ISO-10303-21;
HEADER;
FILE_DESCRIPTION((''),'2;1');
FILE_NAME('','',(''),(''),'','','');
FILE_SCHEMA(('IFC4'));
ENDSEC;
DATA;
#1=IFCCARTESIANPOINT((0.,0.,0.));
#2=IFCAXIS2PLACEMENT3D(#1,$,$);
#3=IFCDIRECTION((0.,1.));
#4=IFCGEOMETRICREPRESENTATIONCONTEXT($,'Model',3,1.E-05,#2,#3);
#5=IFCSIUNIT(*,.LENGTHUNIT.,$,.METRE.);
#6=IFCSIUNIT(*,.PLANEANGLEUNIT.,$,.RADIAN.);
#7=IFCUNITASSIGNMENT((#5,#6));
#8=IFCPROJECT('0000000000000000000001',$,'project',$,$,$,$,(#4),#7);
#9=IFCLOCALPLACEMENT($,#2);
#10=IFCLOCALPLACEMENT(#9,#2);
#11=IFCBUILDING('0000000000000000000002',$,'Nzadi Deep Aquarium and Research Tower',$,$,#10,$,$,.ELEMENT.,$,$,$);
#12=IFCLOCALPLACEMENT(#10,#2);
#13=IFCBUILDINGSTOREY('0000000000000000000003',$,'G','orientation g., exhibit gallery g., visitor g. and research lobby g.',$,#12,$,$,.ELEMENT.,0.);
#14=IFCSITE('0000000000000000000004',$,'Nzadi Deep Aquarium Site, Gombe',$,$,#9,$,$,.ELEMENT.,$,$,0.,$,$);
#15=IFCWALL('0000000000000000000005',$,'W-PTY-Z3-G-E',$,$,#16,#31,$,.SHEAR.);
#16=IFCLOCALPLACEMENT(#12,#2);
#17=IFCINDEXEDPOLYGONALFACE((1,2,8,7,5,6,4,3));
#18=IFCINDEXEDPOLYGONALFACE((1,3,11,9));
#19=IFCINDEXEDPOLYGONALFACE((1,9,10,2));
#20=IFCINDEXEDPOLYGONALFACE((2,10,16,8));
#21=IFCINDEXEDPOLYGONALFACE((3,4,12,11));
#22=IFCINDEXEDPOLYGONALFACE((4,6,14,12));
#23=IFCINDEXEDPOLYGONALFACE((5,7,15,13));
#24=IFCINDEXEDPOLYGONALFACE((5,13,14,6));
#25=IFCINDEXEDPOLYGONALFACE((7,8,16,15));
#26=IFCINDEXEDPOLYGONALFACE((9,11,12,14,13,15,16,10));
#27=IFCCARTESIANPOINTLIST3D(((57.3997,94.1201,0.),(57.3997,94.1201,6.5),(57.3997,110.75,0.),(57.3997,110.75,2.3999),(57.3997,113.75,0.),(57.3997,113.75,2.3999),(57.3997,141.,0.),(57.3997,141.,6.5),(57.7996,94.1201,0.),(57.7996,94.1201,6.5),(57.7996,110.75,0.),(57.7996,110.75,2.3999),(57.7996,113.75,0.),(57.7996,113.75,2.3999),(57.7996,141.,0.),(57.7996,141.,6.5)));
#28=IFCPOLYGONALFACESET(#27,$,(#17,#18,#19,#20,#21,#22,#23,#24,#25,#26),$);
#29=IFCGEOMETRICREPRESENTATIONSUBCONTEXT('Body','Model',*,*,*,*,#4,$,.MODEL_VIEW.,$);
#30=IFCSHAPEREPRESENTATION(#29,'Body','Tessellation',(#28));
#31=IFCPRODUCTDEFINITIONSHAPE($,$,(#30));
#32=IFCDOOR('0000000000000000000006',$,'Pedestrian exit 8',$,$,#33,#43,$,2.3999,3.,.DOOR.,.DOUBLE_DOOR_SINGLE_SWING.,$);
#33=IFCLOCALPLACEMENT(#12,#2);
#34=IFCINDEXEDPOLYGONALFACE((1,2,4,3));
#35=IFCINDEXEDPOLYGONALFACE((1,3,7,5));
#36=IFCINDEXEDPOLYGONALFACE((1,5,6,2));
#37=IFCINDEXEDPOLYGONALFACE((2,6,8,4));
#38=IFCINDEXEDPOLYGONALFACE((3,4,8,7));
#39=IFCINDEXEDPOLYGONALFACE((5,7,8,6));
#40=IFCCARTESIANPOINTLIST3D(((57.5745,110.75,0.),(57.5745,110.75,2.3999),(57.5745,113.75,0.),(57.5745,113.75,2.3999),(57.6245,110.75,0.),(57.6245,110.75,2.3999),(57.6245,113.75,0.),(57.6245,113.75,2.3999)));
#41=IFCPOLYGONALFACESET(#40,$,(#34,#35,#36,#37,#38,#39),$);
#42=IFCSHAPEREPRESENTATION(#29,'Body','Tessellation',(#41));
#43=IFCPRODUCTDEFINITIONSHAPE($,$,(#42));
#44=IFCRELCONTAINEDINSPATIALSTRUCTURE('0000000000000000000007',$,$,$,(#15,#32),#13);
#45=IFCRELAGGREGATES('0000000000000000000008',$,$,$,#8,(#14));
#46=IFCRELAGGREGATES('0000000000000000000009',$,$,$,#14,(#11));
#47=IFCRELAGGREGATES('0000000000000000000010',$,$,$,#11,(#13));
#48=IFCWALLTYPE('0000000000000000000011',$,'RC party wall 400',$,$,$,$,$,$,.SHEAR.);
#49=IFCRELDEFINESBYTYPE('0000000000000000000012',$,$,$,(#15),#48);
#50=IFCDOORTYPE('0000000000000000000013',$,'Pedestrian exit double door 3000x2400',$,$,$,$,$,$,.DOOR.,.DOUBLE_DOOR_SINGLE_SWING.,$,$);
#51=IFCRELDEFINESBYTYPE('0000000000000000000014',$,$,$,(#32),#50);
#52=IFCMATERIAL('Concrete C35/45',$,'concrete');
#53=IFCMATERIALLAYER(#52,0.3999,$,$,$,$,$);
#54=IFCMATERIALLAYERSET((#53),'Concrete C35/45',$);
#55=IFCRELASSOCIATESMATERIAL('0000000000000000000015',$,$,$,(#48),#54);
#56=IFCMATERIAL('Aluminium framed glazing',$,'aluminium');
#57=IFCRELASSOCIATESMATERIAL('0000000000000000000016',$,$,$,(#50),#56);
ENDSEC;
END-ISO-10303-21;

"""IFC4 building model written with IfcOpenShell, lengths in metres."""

from ifc_helpers import new_model, si_unit, direction, frame, frame_2d, origin, place, context, subcontext, project, spatial, rectangle, extrude, material, layer, layer_set, type_object, element, fill, save


model = new_model("IFC4")

# Units and contexts
model_context = context("Model", 3, precision=1e-05, world=origin(), true_north=direction((0.0, 1.0)))
body_context = subcontext(model_context, "Body", "Model", "MODEL_VIEW")
ifc_project = project(units=[si_unit("LENGTHUNIT", "METRE"), si_unit("PLANEANGLEUNIT", "RADIAN")], contexts=[model_context])

# Site, building, storey
site_placement = place(None, origin())
site = spatial("IfcSite", under=ifc_project, at=site_placement, Name="Nzadi Deep Aquarium Site, Gombe", CompositionType="ELEMENT", RefElevation=0.0)
building_placement = place(site_placement, origin())
building = spatial("IfcBuilding", under=site, at=building_placement, Name="Nzadi Deep Aquarium and Research Tower", CompositionType="ELEMENT")
storey_placement = place(building_placement, origin())
storey = spatial("IfcBuildingStorey", under=building, at=storey_placement, Name="G", Description="orientation g., exhibit gallery g., visitor g. and research lobby g.", CompositionType="ELEMENT", Elevation=0.0)

# Wall, opening, door
ifc_material_1 = material(Name="Concrete C35/45", Category="concrete")
ifc_layer_1 = layer(ifc_material_1, 0.3999)
ifc_layer_set_1 = layer_set([ifc_layer_1], Name="Concrete C35/45")
wall_type_1 = type_object("IfcWallType", Name="RC party wall 400", PredefinedType="SHEAR", material=ifc_layer_set_1)
wall_1_placement = place(storey_placement, frame((57.5996, 94.1201, 0.0), z_axis=(0.0, 0.0, 1.0), x_axis=(0.0, 1.0, 0.0)))
wall_1 = element("IfcWall", 1, at=wall_1_placement, inside=storey, type_object=wall_type_1, Name="W-PTY-Z3-G-E", PredefinedType="SHEAR", context=body_context, shape_type="SweptSolid", body=[
    extrude(rectangle(XDim=46.8799, YDim=0.3999, at=frame_2d((23.4399, 0.0))), origin(), (0.0, 0.0, 1.0), 6.5),
])
opening_1_placement = place(wall_1_placement, frame((16.6299, 0.0, 0.0)))
opening_1 = element("IfcOpeningElement", 2, at=opening_1_placement, cuts=wall_1, PredefinedType="OPENING", context=body_context, shape_type="SweptSolid", body=[
    extrude(rectangle(XDim=3.0, YDim=2.3999, at=frame_2d((1.5, 1.2))), frame((0.0, 0.21, 0.0), z_axis=(0.0, -1.0, 0.0), x_axis=(1.0, 0.0, 0.0)), (0.0, 0.0, 1.0), 0.4199),
])
ifc_material_2 = material(Name="Aluminium framed glazing", Category="aluminium")
door_type_1 = type_object("IfcDoorType", Name="Pedestrian exit double door 3000x2400", OperationType="DOUBLE_DOOR_SINGLE_SWING", PredefinedType="DOOR", material=ifc_material_2)
door_1_placement = place(opening_1_placement, frame((3.0, 0.0, 0.0), z_axis=(0.0, 0.0, 1.0), x_axis=(-1.0, 0.0, 0.0)))
door_1 = element("IfcDoor", 3, at=door_1_placement, inside=storey, type_object=door_type_1, Name="Pedestrian exit 8", OperationType="DOUBLE_DOOR_SINGLE_SWING", OverallHeight=2.3999, OverallWidth=3.0, PredefinedType="DOOR", context=body_context, shape_type="SweptSolid", body=[
    extrude(rectangle(XDim=3.0, YDim=2.3999, at=frame_2d((1.5, 1.2))), frame((0.0, 0.0249, 0.0), z_axis=(0.0, -1.0, 0.0), x_axis=(1.0, 0.0, 0.0)), (0.0, 0.0, 1.0), 0.05),
])
fill(opening_1, door_1)

save(model, "model.ifc")
